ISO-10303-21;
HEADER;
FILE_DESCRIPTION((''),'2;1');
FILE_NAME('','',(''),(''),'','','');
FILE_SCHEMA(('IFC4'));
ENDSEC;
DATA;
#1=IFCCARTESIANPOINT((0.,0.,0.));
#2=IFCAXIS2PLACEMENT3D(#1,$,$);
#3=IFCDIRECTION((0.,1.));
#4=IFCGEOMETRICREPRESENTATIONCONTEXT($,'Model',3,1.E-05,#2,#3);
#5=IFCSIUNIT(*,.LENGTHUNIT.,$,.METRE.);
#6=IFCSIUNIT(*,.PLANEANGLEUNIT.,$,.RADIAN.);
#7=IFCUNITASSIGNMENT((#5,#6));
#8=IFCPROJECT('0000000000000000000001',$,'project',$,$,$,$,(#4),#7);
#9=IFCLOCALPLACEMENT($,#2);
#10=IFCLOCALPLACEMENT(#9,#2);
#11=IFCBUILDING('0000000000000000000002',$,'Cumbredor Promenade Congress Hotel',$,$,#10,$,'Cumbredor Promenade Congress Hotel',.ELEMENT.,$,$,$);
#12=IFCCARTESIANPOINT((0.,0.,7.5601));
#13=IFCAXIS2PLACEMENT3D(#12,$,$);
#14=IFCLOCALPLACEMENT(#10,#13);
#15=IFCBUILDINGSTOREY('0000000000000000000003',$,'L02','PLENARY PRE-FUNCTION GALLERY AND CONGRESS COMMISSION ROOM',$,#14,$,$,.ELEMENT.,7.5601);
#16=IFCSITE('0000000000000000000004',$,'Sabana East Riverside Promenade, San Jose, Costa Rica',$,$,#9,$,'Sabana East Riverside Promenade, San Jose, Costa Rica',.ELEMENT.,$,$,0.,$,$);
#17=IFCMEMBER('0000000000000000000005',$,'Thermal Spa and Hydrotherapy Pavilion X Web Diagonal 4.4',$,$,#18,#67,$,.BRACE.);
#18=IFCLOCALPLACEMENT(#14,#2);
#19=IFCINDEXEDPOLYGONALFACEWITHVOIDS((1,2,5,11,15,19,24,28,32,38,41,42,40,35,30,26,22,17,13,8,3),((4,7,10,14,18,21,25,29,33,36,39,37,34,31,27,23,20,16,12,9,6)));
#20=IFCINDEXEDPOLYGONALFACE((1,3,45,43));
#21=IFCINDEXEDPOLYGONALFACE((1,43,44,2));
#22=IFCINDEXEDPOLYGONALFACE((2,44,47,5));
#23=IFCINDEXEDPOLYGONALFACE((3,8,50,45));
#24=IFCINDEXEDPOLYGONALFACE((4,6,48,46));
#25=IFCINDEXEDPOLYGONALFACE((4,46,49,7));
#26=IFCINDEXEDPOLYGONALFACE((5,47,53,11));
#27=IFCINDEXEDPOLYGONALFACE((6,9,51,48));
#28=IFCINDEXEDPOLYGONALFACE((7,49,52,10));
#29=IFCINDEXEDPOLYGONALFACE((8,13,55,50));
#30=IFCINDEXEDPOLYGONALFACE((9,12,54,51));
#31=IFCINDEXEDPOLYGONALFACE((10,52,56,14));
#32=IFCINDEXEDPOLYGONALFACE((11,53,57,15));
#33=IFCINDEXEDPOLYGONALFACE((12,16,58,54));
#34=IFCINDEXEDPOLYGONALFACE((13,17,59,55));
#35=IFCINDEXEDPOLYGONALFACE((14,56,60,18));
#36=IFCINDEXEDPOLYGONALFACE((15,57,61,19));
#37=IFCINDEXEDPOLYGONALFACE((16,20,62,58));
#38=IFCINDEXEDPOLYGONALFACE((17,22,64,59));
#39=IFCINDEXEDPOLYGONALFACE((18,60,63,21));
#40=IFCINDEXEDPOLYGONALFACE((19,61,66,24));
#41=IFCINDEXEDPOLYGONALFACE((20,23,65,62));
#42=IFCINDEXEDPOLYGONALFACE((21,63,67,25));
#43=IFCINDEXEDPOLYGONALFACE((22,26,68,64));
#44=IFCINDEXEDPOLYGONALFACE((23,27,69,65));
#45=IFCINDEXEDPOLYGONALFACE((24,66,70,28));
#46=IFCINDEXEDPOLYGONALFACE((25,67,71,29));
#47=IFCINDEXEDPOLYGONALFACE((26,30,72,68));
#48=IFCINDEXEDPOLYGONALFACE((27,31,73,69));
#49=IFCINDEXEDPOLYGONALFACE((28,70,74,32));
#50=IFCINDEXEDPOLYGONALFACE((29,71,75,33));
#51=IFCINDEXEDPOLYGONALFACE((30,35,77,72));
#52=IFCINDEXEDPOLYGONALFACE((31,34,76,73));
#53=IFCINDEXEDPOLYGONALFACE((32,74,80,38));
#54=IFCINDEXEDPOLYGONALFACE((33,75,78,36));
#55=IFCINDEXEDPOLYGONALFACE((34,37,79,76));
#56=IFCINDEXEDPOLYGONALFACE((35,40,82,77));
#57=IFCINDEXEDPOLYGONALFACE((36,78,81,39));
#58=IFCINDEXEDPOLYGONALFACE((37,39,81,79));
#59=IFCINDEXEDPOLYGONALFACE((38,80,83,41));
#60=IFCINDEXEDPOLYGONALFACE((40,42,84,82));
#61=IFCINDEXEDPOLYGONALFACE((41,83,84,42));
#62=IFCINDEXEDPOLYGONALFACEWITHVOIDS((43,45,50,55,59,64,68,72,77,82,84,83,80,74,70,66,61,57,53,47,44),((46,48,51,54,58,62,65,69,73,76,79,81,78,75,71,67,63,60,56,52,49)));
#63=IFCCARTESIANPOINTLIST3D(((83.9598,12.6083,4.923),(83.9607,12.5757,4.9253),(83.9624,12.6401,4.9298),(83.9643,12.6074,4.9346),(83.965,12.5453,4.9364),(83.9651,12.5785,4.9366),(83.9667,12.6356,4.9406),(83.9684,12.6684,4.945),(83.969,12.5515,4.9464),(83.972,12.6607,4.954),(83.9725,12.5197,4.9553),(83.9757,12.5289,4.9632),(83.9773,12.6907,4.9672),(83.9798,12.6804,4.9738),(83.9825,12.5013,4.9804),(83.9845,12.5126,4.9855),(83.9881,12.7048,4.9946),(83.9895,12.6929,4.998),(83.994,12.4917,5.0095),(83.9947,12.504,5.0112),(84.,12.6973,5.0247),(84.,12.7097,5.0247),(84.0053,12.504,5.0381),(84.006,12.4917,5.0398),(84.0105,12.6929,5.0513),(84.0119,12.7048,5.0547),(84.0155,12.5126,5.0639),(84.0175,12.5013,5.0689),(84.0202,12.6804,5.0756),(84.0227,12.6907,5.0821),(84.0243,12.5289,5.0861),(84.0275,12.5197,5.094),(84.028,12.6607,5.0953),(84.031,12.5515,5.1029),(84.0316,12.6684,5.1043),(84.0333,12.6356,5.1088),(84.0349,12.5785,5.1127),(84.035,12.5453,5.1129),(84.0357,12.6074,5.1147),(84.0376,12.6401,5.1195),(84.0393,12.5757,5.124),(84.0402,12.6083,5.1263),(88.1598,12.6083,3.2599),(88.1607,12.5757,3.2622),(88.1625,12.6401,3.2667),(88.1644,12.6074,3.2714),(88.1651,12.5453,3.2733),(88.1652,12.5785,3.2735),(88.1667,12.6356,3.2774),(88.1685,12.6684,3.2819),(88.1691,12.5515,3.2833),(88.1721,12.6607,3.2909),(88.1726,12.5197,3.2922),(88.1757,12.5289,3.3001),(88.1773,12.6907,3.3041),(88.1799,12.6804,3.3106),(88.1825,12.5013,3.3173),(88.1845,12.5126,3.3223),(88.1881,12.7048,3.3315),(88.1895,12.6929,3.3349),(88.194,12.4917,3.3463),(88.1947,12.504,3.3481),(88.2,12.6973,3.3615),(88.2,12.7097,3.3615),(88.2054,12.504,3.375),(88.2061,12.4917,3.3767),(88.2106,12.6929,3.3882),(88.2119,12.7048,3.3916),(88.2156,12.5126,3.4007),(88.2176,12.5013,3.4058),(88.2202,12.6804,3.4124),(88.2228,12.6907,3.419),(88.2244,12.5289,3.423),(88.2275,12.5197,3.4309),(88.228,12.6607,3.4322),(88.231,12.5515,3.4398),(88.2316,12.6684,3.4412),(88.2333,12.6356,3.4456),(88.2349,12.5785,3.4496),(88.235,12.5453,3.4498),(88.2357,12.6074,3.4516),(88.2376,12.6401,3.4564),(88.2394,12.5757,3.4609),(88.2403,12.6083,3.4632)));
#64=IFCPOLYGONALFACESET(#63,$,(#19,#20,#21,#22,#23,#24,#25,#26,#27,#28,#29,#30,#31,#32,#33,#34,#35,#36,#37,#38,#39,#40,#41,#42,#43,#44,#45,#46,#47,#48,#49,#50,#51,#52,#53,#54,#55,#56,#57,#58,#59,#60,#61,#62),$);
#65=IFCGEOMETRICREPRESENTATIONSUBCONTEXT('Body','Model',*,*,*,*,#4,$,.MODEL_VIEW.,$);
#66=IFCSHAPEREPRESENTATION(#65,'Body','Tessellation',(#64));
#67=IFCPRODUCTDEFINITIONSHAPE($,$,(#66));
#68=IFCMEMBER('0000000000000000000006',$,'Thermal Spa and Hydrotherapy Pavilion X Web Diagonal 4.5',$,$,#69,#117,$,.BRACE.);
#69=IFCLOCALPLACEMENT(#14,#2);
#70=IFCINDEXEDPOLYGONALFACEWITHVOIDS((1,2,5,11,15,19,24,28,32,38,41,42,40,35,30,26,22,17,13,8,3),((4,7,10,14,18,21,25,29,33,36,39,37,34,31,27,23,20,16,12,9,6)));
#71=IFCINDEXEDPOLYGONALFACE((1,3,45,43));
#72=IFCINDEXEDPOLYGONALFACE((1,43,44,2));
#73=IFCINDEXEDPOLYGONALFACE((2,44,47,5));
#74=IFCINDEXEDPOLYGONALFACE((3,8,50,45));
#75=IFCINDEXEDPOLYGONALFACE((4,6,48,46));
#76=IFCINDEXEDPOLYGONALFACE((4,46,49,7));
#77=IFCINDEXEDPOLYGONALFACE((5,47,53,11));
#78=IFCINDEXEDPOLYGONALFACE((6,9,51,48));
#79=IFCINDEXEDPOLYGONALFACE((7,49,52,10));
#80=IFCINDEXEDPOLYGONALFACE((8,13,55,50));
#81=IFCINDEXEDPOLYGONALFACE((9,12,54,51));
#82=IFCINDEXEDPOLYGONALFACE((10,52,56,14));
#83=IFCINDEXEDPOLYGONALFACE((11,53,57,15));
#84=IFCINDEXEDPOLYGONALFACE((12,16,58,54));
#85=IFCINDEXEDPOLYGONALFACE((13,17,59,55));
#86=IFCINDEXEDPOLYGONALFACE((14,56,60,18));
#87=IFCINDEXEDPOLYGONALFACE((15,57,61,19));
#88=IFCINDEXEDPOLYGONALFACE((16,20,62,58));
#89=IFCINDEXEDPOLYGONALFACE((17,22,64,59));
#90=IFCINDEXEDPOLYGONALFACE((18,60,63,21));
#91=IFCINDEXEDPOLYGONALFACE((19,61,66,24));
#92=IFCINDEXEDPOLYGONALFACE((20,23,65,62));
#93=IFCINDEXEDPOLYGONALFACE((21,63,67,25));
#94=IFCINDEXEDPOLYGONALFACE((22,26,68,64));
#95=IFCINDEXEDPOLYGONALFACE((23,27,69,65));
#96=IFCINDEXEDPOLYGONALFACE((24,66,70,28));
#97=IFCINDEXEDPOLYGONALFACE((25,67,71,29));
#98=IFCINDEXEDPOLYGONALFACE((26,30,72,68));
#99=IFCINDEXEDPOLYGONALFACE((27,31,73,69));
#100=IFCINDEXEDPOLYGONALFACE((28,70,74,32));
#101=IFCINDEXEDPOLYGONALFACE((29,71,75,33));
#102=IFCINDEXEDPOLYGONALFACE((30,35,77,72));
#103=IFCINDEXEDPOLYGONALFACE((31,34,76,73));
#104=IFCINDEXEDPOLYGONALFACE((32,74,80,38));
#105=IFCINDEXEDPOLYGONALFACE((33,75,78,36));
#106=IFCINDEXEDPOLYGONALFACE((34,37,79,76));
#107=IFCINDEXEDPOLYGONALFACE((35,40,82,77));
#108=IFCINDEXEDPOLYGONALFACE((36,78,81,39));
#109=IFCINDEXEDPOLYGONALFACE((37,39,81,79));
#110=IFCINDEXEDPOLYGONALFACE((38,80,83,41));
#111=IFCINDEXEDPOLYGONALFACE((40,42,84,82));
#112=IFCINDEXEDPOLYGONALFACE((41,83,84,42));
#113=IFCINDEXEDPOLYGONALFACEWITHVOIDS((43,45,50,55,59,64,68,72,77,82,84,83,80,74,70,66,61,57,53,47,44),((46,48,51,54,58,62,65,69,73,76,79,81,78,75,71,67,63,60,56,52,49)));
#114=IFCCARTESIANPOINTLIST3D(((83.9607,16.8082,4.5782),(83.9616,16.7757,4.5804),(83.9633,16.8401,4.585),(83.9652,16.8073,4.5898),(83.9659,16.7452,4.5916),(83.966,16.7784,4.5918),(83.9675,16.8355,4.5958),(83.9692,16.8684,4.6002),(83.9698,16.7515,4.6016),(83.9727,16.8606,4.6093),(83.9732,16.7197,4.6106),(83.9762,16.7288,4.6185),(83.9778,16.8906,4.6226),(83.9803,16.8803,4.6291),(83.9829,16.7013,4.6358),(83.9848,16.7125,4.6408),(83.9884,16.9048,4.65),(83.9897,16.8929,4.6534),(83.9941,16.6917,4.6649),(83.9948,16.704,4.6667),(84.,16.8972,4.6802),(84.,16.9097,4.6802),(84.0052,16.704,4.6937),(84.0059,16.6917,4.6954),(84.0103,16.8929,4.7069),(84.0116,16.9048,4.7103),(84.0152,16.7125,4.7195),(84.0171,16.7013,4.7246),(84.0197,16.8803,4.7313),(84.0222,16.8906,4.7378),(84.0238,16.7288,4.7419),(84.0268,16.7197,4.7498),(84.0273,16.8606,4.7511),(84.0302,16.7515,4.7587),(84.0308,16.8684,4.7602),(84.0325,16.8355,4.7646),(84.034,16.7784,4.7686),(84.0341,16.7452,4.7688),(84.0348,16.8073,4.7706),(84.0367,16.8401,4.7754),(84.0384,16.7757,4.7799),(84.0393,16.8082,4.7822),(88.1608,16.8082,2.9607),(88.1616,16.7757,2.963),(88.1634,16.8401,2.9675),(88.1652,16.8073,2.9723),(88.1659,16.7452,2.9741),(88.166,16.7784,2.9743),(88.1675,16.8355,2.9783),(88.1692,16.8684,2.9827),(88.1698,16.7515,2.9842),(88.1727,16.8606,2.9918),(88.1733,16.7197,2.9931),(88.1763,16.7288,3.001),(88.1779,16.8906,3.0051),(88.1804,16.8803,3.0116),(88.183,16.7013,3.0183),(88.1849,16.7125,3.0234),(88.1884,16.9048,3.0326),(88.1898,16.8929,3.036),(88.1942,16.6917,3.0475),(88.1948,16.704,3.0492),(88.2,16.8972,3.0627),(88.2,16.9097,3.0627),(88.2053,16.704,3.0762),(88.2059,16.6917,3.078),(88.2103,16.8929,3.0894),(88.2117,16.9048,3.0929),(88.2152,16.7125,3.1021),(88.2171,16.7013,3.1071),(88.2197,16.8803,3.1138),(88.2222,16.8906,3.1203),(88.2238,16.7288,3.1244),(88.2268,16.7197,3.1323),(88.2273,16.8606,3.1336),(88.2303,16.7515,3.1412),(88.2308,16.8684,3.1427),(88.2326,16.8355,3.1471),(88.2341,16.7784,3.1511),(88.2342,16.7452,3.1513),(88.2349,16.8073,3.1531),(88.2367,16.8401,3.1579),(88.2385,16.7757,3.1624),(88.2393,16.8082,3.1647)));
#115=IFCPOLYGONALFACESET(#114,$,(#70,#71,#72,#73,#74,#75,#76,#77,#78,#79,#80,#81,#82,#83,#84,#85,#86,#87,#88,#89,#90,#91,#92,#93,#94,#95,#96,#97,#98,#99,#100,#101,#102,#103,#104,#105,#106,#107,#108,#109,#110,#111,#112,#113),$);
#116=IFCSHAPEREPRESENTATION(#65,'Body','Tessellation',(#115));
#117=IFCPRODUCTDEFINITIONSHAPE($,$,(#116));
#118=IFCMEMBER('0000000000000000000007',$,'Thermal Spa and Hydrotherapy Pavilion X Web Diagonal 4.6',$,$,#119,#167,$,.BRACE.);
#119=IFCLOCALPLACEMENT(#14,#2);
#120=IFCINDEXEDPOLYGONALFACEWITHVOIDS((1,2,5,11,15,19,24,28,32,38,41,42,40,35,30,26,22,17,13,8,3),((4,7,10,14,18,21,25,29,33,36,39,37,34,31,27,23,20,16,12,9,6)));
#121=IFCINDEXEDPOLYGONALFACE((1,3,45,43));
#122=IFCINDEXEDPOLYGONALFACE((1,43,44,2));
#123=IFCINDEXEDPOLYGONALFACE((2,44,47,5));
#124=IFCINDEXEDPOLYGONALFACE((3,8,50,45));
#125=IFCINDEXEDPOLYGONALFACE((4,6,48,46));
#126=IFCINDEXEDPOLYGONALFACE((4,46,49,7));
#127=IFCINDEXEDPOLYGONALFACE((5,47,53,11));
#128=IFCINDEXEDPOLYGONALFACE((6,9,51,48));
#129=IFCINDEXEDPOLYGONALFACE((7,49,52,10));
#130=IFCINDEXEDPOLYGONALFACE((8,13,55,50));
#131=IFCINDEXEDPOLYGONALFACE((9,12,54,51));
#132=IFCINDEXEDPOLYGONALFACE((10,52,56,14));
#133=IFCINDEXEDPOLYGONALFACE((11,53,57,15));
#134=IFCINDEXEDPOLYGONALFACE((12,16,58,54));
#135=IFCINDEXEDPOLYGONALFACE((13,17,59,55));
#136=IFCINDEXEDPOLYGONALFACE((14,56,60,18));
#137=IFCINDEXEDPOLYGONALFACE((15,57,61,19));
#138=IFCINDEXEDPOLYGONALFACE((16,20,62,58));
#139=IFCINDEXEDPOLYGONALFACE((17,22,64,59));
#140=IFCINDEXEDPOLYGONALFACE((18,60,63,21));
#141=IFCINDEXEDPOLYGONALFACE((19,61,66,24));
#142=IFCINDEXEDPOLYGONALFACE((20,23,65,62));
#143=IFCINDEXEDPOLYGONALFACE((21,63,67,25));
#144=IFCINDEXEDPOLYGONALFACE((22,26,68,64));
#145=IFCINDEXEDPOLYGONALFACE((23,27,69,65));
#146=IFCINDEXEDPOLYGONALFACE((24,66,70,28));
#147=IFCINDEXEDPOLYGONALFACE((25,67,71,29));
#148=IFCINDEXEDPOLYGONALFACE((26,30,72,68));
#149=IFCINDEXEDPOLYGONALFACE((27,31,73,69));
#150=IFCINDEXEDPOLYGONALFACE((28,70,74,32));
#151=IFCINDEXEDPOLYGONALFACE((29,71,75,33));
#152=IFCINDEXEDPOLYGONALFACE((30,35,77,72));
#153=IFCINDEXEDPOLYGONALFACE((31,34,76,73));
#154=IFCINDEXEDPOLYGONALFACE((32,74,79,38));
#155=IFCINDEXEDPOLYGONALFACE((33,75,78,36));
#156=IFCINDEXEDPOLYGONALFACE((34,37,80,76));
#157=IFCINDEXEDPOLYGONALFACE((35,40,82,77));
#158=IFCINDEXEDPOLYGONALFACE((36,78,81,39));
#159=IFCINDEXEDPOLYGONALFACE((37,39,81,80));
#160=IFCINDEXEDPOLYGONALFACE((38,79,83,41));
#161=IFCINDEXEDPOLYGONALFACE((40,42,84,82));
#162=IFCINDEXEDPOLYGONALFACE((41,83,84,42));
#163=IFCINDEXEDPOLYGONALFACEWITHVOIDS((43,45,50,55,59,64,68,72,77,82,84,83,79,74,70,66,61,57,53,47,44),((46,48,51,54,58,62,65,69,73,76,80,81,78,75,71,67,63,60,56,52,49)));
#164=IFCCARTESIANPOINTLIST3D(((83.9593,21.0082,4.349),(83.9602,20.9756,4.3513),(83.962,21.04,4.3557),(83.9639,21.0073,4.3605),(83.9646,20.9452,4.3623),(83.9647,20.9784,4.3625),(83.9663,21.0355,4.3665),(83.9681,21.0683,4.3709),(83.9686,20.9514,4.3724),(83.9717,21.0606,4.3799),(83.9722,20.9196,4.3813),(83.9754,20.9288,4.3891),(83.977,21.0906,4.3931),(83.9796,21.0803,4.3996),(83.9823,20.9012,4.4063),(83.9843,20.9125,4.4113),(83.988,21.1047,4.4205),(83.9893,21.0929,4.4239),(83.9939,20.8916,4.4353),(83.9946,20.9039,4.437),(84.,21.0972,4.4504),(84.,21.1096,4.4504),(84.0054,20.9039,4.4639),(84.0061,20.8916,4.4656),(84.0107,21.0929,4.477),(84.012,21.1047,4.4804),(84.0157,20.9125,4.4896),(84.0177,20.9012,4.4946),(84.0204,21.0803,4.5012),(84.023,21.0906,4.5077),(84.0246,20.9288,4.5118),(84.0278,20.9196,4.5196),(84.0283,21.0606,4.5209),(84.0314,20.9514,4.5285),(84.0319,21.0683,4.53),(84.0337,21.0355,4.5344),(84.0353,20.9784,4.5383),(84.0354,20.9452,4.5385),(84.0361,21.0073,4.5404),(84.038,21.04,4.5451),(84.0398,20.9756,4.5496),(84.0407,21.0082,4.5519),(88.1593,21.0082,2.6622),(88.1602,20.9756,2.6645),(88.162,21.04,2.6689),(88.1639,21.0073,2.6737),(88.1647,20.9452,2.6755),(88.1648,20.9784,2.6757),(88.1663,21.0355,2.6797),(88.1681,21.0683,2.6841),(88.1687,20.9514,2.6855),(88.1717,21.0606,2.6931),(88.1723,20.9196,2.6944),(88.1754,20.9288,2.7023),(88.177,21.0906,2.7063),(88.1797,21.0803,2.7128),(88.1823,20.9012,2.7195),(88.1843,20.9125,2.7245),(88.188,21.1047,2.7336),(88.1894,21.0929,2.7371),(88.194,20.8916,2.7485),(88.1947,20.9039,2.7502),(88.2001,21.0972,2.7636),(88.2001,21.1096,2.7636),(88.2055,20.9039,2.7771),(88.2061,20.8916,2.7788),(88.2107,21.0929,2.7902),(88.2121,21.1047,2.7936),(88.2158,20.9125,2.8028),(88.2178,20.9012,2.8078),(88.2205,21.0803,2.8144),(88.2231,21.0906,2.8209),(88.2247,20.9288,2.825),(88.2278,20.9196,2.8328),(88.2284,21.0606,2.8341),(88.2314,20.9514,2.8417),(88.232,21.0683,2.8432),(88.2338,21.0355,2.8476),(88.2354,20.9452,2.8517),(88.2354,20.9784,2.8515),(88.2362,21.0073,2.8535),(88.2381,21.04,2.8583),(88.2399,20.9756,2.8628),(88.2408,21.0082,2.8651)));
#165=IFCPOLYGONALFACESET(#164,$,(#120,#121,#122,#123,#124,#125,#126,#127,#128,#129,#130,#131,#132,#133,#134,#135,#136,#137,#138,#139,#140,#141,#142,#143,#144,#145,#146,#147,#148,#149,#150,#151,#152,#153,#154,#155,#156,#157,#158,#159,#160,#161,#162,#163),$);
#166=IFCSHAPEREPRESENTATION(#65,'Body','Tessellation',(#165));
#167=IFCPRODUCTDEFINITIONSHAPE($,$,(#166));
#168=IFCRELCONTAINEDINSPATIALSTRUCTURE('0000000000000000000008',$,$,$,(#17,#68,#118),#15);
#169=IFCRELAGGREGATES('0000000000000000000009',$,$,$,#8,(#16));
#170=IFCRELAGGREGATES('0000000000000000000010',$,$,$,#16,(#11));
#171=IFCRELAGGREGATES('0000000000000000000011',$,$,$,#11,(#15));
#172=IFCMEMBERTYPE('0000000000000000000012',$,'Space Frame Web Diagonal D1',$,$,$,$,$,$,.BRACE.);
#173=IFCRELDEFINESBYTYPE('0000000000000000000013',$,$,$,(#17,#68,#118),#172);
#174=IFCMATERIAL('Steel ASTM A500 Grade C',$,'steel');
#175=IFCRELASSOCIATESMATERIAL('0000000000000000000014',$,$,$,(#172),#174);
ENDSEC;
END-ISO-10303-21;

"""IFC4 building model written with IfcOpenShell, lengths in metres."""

from ifc_helpers import new_model, si_unit, direction, frame, origin, origin_2d, place, context, subcontext, project, spatial, hollow_circle, extrude, material, material_profile, profile_set, type_object, element, save


model = new_model("IFC4")

# Units and contexts
model_context = context("Model", 3, precision=1e-05, world=origin(), true_north=direction((0.0, 1.0)))
body_context = subcontext(model_context, "Body", "Model", "MODEL_VIEW")
ifc_project = project(units=[si_unit("LENGTHUNIT", "METRE"), si_unit("PLANEANGLEUNIT", "RADIAN")], contexts=[model_context])

# Site, building, storey
site_placement = place(None, origin())
site = spatial("IfcSite", under=ifc_project, at=site_placement, Name="Sabana East Riverside Promenade, San Jose, Costa Rica", LongName="Sabana East Riverside Promenade, San Jose, Costa Rica", CompositionType="ELEMENT", RefElevation=0.0)
building_placement = place(site_placement, origin())
building = spatial("IfcBuilding", under=site, at=building_placement, Name="Cumbredor Promenade Congress Hotel", LongName="Cumbredor Promenade Congress Hotel", CompositionType="ELEMENT")
storey_placement = place(building_placement, frame((0.0, 0.0, 7.5601)))
storey = spatial("IfcBuildingStorey", under=building, at=storey_placement, Name="L02", Description="PLENARY PRE-FUNCTION GALLERY AND CONGRESS COMMISSION ROOM", CompositionType="ELEMENT", Elevation=7.5601)

# Members
ifc_material_1 = material(Name="Steel ASTM A500 Grade C", Category="steel")
ifc_material_profile_1 = material_profile(ifc_material_1, hollow_circle(Radius=0.1096, WallThickness=0.0125, at=origin_2d()), Name="CHS 219.1x12.5")
ifc_profile_set_1 = profile_set([ifc_material_profile_1], Name="Steel ASTM A500 Grade C")
member_type_1 = type_object("IfcMemberType", Name="Space Frame Web Diagonal D1", PredefinedType="BRACE", material=ifc_profile_set_1)
member_1_placement = place(storey_placement, frame((84.0, 12.6001, 5.0247), z_axis=(0.929761, 0.0, -0.368164), x_axis=(0.0, 1.0, 0.0)))
element("IfcMember", 1, at=member_1_placement, inside=storey, type_object=member_type_1, Name="Thermal Spa and Hydrotherapy Pavilion X Web Diagonal 4.4", PredefinedType="BRACE", context=body_context, shape_type="SweptSolid", body=[
    extrude(hollow_circle(Radius=0.1096, WallThickness=0.0125, at=origin_2d()), origin(), (0.0, 0.0, 1.0), 4.5173),
])
member_2_placement = place(storey_placement, frame((84.0, 16.8, 4.6802), z_axis=(0.933192, 0.0, -0.359379), x_axis=(0.0, 1.0, 0.0)))
element("IfcMember", 2, at=member_2_placement, inside=storey, type_object=member_type_1, Name="Thermal Spa and Hydrotherapy Pavilion X Web Diagonal 4.5", PredefinedType="BRACE", context=body_context, shape_type="SweptSolid", body=[
    extrude(hollow_circle(Radius=0.1096, WallThickness=0.0125, at=origin_2d()), origin(), (0.0, 0.0, 1.0), 4.5007),
])
member_3_placement = place(storey_placement, frame((84.0, 21.0, 4.4504), z_axis=(0.927959, 0.0, -0.372683), x_axis=(0.0, 1.0, 0.0)))
element("IfcMember", 3, at=member_3_placement, inside=storey, type_object=member_type_1, Name="Thermal Spa and Hydrotherapy Pavilion X Web Diagonal 4.6", PredefinedType="BRACE", context=body_context, shape_type="SweptSolid", body=[
    extrude(hollow_circle(Radius=0.1096, WallThickness=0.0125, at=origin_2d()), origin(), (0.0, 0.0, 1.0), 4.5261),
])

save(model, "model.ifc")
